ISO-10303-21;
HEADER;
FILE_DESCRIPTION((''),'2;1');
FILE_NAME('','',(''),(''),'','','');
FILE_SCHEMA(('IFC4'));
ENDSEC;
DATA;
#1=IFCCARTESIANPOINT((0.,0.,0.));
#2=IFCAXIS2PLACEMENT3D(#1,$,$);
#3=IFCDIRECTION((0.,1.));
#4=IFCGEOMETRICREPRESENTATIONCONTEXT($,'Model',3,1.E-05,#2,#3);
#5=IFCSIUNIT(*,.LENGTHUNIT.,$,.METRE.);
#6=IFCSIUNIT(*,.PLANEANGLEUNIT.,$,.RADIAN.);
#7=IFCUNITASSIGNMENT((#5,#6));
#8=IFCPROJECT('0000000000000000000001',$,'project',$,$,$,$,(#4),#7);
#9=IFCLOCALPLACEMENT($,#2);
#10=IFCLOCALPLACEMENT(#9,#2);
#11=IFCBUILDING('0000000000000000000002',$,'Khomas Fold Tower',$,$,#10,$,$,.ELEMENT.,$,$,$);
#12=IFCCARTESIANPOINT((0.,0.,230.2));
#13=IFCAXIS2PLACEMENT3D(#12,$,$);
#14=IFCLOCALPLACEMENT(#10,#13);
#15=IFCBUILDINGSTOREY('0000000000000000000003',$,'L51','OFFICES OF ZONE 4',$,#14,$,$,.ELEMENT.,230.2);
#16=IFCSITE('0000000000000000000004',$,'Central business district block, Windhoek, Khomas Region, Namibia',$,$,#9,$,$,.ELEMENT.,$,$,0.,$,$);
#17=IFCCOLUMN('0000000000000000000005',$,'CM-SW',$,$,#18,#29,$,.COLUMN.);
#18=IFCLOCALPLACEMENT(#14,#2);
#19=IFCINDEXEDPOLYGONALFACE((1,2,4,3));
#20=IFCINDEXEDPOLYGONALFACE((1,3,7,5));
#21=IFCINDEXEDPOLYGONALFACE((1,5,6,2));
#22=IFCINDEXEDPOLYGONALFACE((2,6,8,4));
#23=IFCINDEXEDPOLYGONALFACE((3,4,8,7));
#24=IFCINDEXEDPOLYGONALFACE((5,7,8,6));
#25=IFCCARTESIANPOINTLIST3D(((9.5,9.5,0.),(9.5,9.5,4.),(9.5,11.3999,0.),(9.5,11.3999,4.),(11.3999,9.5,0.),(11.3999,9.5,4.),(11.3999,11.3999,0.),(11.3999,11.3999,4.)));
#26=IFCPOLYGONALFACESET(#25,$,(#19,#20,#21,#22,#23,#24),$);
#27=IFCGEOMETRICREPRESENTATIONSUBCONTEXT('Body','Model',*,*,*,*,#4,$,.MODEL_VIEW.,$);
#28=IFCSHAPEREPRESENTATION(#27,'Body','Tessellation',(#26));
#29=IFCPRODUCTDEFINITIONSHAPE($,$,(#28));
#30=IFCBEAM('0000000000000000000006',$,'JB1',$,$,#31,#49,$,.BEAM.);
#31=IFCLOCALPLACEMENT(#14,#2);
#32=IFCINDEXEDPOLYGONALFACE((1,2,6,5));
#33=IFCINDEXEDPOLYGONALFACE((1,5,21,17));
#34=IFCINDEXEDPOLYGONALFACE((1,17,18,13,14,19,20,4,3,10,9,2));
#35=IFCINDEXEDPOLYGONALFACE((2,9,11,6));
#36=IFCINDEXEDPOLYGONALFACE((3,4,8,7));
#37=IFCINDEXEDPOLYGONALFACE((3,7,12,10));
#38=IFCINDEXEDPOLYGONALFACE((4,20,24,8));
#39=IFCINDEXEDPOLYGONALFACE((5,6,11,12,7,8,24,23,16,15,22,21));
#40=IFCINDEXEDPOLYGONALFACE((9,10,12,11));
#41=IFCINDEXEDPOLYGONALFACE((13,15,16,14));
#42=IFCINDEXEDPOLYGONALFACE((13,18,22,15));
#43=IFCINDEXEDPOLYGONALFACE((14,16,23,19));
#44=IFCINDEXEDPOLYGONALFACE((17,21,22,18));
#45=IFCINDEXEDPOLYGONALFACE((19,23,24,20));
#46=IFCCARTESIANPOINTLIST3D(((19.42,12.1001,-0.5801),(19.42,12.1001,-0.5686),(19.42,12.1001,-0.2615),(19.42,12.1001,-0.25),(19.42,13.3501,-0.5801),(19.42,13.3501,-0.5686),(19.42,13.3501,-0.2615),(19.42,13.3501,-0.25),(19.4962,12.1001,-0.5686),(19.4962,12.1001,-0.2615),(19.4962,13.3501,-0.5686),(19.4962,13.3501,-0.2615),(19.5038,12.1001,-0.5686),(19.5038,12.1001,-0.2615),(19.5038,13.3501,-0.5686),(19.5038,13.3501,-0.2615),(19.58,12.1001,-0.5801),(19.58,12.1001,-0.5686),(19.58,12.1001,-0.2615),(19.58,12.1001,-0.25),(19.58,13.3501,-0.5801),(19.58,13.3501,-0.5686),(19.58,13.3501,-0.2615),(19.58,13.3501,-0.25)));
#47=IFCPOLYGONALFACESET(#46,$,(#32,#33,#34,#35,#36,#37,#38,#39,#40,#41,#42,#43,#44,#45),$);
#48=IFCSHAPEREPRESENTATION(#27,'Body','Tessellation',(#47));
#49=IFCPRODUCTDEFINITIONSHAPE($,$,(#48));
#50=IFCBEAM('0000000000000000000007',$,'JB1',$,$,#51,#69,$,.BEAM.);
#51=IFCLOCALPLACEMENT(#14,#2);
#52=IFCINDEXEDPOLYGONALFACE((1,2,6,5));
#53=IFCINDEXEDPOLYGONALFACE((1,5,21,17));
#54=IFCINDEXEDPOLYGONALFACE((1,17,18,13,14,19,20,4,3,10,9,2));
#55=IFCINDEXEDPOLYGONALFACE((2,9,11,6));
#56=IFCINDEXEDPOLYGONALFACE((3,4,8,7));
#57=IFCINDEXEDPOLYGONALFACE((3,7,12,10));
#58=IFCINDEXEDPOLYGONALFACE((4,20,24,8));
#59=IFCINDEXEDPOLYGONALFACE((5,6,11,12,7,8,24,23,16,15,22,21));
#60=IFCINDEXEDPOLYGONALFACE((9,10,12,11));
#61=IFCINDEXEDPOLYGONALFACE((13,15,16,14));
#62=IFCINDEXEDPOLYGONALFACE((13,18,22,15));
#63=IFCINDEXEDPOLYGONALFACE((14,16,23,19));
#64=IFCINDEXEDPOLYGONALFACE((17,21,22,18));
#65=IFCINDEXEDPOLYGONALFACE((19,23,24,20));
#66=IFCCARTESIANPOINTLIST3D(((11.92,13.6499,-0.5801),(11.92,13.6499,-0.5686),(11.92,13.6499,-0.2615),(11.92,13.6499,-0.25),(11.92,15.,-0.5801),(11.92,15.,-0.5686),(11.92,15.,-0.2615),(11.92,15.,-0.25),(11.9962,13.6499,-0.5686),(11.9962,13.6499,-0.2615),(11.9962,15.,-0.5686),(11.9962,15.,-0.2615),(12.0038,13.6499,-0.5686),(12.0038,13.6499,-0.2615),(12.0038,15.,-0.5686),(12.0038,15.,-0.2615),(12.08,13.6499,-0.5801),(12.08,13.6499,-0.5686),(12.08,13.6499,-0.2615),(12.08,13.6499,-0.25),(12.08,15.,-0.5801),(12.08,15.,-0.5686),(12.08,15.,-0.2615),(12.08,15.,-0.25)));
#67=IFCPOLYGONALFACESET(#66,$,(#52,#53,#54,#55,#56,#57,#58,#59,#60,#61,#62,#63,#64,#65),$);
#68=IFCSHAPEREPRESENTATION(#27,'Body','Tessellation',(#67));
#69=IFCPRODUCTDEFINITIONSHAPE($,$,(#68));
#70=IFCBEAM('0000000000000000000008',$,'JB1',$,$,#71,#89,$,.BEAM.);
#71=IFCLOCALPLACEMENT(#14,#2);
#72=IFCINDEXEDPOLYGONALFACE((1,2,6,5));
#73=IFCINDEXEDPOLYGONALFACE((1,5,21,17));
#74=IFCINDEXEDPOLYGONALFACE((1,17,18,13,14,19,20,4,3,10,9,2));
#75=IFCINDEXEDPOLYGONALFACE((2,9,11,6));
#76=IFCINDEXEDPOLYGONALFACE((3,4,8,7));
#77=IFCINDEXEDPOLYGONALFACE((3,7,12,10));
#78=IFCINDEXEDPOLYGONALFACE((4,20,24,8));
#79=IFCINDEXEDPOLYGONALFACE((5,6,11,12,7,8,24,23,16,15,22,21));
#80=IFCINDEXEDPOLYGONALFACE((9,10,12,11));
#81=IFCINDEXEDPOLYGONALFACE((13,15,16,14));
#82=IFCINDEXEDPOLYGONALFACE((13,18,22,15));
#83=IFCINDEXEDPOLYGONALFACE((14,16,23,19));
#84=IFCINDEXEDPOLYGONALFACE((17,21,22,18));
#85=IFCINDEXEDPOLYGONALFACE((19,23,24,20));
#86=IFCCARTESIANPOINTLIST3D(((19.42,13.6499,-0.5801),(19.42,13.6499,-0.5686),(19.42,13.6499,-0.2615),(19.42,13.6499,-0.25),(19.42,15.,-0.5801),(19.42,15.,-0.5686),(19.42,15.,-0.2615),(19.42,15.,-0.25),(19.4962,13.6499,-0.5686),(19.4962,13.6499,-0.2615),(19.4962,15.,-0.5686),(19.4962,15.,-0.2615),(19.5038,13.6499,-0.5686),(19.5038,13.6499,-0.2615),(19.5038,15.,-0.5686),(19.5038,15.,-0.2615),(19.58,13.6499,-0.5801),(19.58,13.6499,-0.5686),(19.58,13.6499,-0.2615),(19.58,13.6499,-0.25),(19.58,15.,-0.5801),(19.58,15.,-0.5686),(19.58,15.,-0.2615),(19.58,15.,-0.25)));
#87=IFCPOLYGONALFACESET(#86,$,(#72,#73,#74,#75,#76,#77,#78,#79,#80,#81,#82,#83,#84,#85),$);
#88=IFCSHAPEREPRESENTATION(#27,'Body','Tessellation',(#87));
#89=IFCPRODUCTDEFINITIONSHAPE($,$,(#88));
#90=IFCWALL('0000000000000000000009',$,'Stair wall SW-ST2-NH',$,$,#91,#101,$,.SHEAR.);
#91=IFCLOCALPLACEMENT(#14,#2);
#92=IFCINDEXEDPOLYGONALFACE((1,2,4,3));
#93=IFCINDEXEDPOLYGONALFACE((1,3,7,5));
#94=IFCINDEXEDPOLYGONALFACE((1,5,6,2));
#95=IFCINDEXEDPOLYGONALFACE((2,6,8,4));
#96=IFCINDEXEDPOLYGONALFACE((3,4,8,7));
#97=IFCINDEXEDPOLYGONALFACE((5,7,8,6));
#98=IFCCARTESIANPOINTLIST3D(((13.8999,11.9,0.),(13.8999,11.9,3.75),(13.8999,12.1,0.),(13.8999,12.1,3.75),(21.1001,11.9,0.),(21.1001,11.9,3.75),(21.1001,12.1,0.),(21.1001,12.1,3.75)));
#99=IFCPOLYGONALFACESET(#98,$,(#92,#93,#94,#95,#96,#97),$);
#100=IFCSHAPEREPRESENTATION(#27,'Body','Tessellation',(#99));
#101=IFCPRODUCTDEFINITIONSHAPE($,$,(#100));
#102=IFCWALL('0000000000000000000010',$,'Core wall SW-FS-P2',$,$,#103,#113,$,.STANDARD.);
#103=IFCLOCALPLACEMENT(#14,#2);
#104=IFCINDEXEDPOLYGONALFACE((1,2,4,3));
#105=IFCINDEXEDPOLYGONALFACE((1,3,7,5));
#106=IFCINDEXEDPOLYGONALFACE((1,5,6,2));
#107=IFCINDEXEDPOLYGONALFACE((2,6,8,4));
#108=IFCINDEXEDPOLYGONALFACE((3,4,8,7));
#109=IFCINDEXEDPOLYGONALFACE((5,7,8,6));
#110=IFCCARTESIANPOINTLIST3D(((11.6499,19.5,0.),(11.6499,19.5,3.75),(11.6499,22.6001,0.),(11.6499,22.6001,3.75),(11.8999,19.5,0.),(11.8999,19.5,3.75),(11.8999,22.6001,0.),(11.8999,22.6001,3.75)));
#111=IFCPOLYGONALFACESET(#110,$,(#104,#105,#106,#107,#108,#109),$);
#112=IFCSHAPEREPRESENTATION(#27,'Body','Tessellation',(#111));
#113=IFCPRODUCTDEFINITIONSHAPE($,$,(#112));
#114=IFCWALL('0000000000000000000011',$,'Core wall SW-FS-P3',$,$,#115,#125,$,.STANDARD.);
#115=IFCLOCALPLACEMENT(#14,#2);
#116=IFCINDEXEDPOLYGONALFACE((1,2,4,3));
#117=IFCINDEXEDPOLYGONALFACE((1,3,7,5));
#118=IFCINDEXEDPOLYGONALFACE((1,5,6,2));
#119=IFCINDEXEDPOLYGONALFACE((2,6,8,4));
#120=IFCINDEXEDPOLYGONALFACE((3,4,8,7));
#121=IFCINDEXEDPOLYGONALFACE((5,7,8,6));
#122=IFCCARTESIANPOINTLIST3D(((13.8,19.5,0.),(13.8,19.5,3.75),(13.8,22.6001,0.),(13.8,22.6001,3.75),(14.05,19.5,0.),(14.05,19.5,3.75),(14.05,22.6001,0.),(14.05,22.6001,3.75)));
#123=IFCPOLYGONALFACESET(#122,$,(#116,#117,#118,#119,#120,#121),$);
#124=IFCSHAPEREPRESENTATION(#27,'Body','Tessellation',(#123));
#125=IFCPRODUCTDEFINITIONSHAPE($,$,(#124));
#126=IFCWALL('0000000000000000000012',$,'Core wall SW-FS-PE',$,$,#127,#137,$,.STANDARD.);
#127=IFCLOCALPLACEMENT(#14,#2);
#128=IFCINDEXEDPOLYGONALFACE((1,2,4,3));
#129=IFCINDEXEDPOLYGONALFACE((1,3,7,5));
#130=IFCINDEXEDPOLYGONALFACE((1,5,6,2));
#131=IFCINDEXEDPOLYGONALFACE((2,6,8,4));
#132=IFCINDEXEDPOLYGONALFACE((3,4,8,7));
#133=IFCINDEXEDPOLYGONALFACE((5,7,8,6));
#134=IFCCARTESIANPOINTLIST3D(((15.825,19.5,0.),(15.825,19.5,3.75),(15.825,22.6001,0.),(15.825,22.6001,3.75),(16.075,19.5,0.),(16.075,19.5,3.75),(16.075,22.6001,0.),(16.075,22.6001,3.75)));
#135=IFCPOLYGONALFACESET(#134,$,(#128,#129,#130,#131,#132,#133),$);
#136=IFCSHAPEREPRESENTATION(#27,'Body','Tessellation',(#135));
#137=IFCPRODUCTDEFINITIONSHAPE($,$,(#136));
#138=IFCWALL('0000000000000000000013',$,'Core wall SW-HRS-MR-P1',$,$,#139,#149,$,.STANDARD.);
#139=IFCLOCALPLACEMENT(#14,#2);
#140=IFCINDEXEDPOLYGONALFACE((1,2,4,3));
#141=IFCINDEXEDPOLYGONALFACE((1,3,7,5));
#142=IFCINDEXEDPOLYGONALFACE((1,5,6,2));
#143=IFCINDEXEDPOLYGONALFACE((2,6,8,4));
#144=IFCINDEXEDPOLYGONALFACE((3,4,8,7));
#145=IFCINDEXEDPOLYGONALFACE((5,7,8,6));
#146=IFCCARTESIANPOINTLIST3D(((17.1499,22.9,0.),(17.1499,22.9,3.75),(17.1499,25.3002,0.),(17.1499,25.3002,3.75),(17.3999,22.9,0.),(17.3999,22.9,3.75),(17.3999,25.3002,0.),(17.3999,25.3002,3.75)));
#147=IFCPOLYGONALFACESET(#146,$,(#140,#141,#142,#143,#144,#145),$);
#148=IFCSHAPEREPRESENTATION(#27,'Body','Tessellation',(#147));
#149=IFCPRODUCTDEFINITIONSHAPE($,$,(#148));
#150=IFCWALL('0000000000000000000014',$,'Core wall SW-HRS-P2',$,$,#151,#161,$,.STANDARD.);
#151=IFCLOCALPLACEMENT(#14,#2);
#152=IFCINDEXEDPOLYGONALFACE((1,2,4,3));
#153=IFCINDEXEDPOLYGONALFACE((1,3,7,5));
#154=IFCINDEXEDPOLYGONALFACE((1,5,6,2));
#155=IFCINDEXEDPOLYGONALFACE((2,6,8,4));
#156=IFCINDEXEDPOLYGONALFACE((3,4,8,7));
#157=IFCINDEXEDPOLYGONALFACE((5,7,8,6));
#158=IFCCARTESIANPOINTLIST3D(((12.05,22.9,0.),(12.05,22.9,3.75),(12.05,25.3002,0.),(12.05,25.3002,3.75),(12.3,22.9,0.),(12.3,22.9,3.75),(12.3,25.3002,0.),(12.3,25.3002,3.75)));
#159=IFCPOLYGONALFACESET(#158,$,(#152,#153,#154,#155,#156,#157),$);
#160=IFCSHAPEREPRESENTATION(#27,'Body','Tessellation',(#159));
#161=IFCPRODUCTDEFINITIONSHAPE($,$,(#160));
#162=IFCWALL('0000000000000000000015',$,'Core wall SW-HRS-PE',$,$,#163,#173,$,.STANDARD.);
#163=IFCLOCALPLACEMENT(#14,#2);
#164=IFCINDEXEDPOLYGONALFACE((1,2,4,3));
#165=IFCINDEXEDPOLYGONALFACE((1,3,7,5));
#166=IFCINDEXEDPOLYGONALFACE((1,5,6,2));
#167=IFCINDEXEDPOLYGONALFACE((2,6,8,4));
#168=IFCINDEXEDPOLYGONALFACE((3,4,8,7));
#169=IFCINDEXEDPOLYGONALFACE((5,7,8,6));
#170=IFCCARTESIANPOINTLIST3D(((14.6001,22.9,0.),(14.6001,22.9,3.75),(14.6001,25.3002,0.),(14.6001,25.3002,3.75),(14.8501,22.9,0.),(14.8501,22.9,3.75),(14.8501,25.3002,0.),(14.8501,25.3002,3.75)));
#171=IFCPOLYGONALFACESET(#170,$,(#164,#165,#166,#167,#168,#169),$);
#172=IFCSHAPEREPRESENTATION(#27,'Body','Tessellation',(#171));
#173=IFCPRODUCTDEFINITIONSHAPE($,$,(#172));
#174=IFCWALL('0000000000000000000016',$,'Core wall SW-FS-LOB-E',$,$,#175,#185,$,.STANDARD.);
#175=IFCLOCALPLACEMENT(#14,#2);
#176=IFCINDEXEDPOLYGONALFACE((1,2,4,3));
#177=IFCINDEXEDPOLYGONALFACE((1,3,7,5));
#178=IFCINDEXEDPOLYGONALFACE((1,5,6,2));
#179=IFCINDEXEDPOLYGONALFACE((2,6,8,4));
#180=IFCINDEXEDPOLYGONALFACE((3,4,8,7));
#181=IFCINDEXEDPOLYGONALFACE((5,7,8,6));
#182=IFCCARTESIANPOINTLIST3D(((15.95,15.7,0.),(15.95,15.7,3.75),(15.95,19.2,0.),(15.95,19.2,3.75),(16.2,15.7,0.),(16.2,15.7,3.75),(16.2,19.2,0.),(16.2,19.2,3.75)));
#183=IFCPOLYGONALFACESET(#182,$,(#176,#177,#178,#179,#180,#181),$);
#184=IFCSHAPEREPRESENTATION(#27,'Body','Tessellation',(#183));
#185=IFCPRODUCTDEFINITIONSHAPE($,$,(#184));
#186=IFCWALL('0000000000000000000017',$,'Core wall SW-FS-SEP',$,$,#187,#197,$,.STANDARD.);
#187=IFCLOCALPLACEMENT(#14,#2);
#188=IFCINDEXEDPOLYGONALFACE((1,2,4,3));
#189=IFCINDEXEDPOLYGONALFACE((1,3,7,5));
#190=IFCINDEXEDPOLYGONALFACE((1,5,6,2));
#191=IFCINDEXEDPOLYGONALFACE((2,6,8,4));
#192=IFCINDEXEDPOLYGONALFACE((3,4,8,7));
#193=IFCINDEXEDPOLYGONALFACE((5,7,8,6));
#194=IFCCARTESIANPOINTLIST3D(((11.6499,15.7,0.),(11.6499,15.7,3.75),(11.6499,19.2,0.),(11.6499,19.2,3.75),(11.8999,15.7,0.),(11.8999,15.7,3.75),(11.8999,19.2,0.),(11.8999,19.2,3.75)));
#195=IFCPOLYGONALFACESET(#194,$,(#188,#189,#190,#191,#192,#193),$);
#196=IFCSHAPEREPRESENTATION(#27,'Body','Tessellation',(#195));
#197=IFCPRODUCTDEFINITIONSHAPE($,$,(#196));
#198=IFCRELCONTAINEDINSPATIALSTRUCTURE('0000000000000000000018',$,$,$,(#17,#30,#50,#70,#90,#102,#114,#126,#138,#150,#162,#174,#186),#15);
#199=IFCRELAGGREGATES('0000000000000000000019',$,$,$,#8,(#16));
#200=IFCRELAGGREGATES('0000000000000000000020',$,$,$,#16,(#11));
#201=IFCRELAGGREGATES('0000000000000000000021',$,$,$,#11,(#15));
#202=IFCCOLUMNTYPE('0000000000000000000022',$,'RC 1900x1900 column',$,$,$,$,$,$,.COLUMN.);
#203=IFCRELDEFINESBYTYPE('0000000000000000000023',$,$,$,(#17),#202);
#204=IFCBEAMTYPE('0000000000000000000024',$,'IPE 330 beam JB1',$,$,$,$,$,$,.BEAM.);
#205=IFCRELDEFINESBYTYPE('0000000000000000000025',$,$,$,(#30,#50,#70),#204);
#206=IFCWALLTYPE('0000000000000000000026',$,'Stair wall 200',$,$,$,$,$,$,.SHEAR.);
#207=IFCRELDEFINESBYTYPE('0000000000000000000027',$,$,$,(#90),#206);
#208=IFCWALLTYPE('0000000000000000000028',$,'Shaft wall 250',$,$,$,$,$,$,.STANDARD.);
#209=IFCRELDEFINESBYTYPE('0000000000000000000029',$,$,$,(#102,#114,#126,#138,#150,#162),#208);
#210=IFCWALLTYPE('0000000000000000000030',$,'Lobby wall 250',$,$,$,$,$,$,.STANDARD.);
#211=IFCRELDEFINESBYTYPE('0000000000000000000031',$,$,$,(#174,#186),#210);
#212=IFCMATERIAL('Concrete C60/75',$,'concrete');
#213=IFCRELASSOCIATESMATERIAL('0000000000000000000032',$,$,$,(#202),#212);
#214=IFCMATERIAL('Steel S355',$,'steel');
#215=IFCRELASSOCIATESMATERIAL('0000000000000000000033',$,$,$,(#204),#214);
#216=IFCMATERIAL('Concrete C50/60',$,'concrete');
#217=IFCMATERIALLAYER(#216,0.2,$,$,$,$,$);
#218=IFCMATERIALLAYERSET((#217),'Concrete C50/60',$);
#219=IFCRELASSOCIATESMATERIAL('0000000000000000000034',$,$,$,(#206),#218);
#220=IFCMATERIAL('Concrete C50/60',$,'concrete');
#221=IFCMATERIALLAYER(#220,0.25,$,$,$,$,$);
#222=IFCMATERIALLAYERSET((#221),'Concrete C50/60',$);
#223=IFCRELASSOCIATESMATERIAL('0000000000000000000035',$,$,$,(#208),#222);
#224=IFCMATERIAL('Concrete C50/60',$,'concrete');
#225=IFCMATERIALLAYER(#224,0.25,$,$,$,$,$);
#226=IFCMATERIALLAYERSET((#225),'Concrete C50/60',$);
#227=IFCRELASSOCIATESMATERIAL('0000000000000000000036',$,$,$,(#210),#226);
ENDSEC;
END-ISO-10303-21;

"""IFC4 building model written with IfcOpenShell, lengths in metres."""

from ifc_helpers import new_model, si_unit, direction, frame, frame_2d, origin, origin_2d, place, context, subcontext, project, spatial, rectangle, i_section, extrude, source, transform, mapped, material, layer, layer_set, material_profile, profile_set, type_object, element, save


model = new_model("IFC4")

# Units and contexts
model_context = context("Model", 3, precision=1e-05, world=origin(), true_north=direction((0.0, 1.0)))
body_context = subcontext(model_context, "Body", "Model", "MODEL_VIEW")
ifc_project = project(units=[si_unit("LENGTHUNIT", "METRE"), si_unit("PLANEANGLEUNIT", "RADIAN")], contexts=[model_context])

# Site, building, storey
site_placement = place(None, origin())
site = spatial("IfcSite", under=ifc_project, at=site_placement, Name="Central business district block, Windhoek, Khomas Region, Namibia", CompositionType="ELEMENT", RefElevation=0.0)
building_placement = place(site_placement, origin())
building = spatial("IfcBuilding", under=site, at=building_placement, Name="Khomas Fold Tower", CompositionType="ELEMENT")
storey_placement = place(building_placement, frame((0.0, 0.0, 230.2)))
storey = spatial("IfcBuildingStorey", under=building, at=storey_placement, Name="L51", Description="OFFICES OF ZONE 4", CompositionType="ELEMENT", Elevation=230.2)

# Column
ifc_material_1 = material(Name="Concrete C60/75", Category="concrete")
ifc_material_profile_1 = material_profile(ifc_material_1, rectangle(XDim=1.8999, YDim=1.8999, at=origin_2d()), Name="RC 1900x1900")
ifc_profile_set_1 = profile_set([ifc_material_profile_1], Name="Concrete C60/75")
column_type = type_object("IfcColumnType", Name="RC 1900x1900 column", PredefinedType="COLUMN", material=ifc_profile_set_1)
shared_shape_1 = source(origin(), body_context, "Body", "SweptSolid", [
    extrude(rectangle(XDim=1.8999, YDim=1.8999, at=origin_2d()), origin(), (0.0, 0.0, 1.0), 4.0),
])
column_placement = place(storey_placement, frame((10.45, 10.45, 0.0), z_axis=(0.0, 0.0, 1.0), x_axis=(1.0, 0.0, 0.0)))
element("IfcColumn", 1, at=column_placement, inside=storey, type_object=column_type, Name="CM-SW", PredefinedType="COLUMN", context=body_context, shape_type="MappedRepresentation", body=[
    mapped(shared_shape_1, transform((0.0, 0.0, 0.0))),
])

# Beams
ifc_material_2 = material(Name="Steel S355", Category="steel")
ifc_material_profile_2 = material_profile(ifc_material_2, i_section(OverallWidth=0.1599, OverallDepth=0.3301, WebThickness=0.0076, FlangeThickness=0.0115, at=origin_2d()), Name="IPE 330")
ifc_profile_set_2 = profile_set([ifc_material_profile_2], Name="Steel S355")
beam_type = type_object("IfcBeamType", Name="IPE 330 beam JB1", PredefinedType="BEAM", material=ifc_profile_set_2)
shared_shape_2 = source(origin(), body_context, "Body", "SweptSolid", [
    extrude(i_section(OverallWidth=0.1599, OverallDepth=0.3301, WebThickness=0.0076, FlangeThickness=0.0115, at=origin_2d()), origin(), (0.0, 0.0, 1.0), 1.25),
])
beam_placement = place(storey_placement, frame((19.5, 12.1001, -0.415), z_axis=(0.0, 1.0, 0.0), x_axis=(-1.0, 0.0, 0.0)))
element("IfcBeam", 2, at=beam_placement, inside=storey, type_object=beam_type, Name="JB1", PredefinedType="BEAM", context=body_context, shape_type="MappedRepresentation", body=[
    mapped(shared_shape_2, transform((0.0, 0.0, 0.0))),
])
shared_shape_3 = source(origin(), body_context, "Body", "SweptSolid", [
    extrude(i_section(OverallWidth=0.1599, OverallDepth=0.3301, WebThickness=0.0076, FlangeThickness=0.0115, at=origin_2d()), origin(), (0.0, 0.0, 1.0), 1.3501),
])
for number, where, z_axis, x_axis, name in (
    (3, (12.0, 13.6499, -0.415), (0.0, 1.0, 0.0), (-1.0, 0.0, 0.0), "JB1"),
    (4, (19.5, 13.6499, -0.415), (0.0, 1.0, 0.0), (-1.0, 0.0, 0.0), "JB1"),
):
    element("IfcBeam", number, at=place(storey_placement, frame(where, z_axis=z_axis, x_axis=x_axis)), inside=storey, type_object=beam_type, Name=name, PredefinedType="BEAM", context=body_context, shape_type="MappedRepresentation", body=[
        mapped(shared_shape_3, transform((0.0, 0.0, 0.0))),
    ])

# Walls
ifc_material_3 = material(Name="Concrete C50/60", Category="concrete")
ifc_layer_1 = layer(ifc_material_3, 0.2)
ifc_layer_set_1 = layer_set([ifc_layer_1], Name="Concrete C50/60")
wall_type_1 = type_object("IfcWallType", Name="Stair wall 200", PredefinedType="SHEAR", material=ifc_layer_set_1)
shared_shape_4 = source(origin(), body_context, "Body", "SweptSolid", [
    extrude(rectangle(XDim=7.2002, YDim=0.2, at=frame_2d((3.6001, 0.0))), origin(), (0.0, 0.0, 1.0), 3.75),
])
wall_1_placement = place(storey_placement, frame((13.8999, 12.0, 0.0), z_axis=(0.0, 0.0, 1.0), x_axis=(1.0, 0.0, 0.0)))
element("IfcWall", 5, at=wall_1_placement, inside=storey, type_object=wall_type_1, Name="Stair wall SW-ST2-NH", PredefinedType="SHEAR", context=body_context, shape_type="MappedRepresentation", body=[
    mapped(shared_shape_4, transform((0.0, 0.0, 0.0))),
])
ifc_material_4 = material(Name="Concrete C50/60", Category="concrete")
ifc_layer_2 = layer(ifc_material_4, 0.25)
ifc_layer_set_2 = layer_set([ifc_layer_2], Name="Concrete C50/60")
wall_type_2 = type_object("IfcWallType", Name="Shaft wall 250", PredefinedType="STANDARD", material=ifc_layer_set_2)
shared_shape_5 = source(origin(), body_context, "Body", "SweptSolid", [
    extrude(rectangle(XDim=3.1001, YDim=0.25, at=frame_2d((1.55, 0.0))), origin(), (0.0, 0.0, 1.0), 3.75),
])
for number, where, z_axis, x_axis, name in (
    (6, (11.7749, 19.5, 0.0), (0.0, 0.0, 1.0), (0.0, 1.0, 0.0), "Core wall SW-FS-P2"),
    (7, (13.925, 19.5, 0.0), (0.0, 0.0, 1.0), (0.0, 1.0, 0.0), "Core wall SW-FS-P3"),
    (8, (15.95, 19.5, 0.0), (0.0, 0.0, 1.0), (0.0, 1.0, 0.0), "Core wall SW-FS-PE"),
):
    element("IfcWall", number, at=place(storey_placement, frame(where, z_axis=z_axis, x_axis=x_axis)), inside=storey, type_object=wall_type_2, Name=name, PredefinedType="STANDARD", context=body_context, shape_type="MappedRepresentation", body=[
        mapped(shared_shape_5, transform((0.0, 0.0, 0.0))),
    ])
shared_shape_6 = source(origin(), body_context, "Body", "SweptSolid", [
    extrude(rectangle(XDim=2.4001, YDim=0.25, at=frame_2d((1.2002, 0.0))), origin(), (0.0, 0.0, 1.0), 3.75),
])
for number, where, z_axis, x_axis, name in (
    (9, (17.2749, 22.8999, 0.0), (0.0, 0.0, 1.0), (0.0, 1.0, 0.0), "Core wall SW-HRS-MR-P1"),
    (10, (12.175, 22.8999, 0.0), (0.0, 0.0, 1.0), (0.0, 1.0, 0.0), "Core wall SW-HRS-P2"),
    (11, (14.7251, 22.8999, 0.0), (0.0, 0.0, 1.0), (0.0, 1.0, 0.0), "Core wall SW-HRS-PE"),
):
    element("IfcWall", number, at=place(storey_placement, frame(where, z_axis=z_axis, x_axis=x_axis)), inside=storey, type_object=wall_type_2, Name=name, PredefinedType="STANDARD", context=body_context, shape_type="MappedRepresentation", body=[
        mapped(shared_shape_6, transform((0.0, 0.0, 0.0))),
    ])
ifc_material_5 = material(Name="Concrete C50/60", Category="concrete")
ifc_layer_3 = layer(ifc_material_5, 0.25)
ifc_layer_set_3 = layer_set([ifc_layer_3], Name="Concrete C50/60")
wall_type_3 = type_object("IfcWallType", Name="Lobby wall 250", PredefinedType="STANDARD", material=ifc_layer_set_3)
shared_shape_7 = source(origin(), body_context, "Body", "SweptSolid", [
    extrude(rectangle(XDim=3.5, YDim=0.25, at=frame_2d((1.75, 0.0))), origin(), (0.0, 0.0, 1.0), 3.75),
])
for number, where, z_axis, x_axis, name in (
    (12, (16.075, 15.7, 0.0), (0.0, 0.0, 1.0), (0.0, 1.0, 0.0), "Core wall SW-FS-LOB-E"),
    (13, (11.7749, 15.7, 0.0), (0.0, 0.0, 1.0), (0.0, 1.0, 0.0), "Core wall SW-FS-SEP"),
):
    element("IfcWall", number, at=place(storey_placement, frame(where, z_axis=z_axis, x_axis=x_axis)), inside=storey, type_object=wall_type_3, Name=name, PredefinedType="STANDARD", context=body_context, shape_type="MappedRepresentation", body=[
        mapped(shared_shape_7, transform((0.0, 0.0, 0.0))),
    ])

save(model, "model.ifc")
